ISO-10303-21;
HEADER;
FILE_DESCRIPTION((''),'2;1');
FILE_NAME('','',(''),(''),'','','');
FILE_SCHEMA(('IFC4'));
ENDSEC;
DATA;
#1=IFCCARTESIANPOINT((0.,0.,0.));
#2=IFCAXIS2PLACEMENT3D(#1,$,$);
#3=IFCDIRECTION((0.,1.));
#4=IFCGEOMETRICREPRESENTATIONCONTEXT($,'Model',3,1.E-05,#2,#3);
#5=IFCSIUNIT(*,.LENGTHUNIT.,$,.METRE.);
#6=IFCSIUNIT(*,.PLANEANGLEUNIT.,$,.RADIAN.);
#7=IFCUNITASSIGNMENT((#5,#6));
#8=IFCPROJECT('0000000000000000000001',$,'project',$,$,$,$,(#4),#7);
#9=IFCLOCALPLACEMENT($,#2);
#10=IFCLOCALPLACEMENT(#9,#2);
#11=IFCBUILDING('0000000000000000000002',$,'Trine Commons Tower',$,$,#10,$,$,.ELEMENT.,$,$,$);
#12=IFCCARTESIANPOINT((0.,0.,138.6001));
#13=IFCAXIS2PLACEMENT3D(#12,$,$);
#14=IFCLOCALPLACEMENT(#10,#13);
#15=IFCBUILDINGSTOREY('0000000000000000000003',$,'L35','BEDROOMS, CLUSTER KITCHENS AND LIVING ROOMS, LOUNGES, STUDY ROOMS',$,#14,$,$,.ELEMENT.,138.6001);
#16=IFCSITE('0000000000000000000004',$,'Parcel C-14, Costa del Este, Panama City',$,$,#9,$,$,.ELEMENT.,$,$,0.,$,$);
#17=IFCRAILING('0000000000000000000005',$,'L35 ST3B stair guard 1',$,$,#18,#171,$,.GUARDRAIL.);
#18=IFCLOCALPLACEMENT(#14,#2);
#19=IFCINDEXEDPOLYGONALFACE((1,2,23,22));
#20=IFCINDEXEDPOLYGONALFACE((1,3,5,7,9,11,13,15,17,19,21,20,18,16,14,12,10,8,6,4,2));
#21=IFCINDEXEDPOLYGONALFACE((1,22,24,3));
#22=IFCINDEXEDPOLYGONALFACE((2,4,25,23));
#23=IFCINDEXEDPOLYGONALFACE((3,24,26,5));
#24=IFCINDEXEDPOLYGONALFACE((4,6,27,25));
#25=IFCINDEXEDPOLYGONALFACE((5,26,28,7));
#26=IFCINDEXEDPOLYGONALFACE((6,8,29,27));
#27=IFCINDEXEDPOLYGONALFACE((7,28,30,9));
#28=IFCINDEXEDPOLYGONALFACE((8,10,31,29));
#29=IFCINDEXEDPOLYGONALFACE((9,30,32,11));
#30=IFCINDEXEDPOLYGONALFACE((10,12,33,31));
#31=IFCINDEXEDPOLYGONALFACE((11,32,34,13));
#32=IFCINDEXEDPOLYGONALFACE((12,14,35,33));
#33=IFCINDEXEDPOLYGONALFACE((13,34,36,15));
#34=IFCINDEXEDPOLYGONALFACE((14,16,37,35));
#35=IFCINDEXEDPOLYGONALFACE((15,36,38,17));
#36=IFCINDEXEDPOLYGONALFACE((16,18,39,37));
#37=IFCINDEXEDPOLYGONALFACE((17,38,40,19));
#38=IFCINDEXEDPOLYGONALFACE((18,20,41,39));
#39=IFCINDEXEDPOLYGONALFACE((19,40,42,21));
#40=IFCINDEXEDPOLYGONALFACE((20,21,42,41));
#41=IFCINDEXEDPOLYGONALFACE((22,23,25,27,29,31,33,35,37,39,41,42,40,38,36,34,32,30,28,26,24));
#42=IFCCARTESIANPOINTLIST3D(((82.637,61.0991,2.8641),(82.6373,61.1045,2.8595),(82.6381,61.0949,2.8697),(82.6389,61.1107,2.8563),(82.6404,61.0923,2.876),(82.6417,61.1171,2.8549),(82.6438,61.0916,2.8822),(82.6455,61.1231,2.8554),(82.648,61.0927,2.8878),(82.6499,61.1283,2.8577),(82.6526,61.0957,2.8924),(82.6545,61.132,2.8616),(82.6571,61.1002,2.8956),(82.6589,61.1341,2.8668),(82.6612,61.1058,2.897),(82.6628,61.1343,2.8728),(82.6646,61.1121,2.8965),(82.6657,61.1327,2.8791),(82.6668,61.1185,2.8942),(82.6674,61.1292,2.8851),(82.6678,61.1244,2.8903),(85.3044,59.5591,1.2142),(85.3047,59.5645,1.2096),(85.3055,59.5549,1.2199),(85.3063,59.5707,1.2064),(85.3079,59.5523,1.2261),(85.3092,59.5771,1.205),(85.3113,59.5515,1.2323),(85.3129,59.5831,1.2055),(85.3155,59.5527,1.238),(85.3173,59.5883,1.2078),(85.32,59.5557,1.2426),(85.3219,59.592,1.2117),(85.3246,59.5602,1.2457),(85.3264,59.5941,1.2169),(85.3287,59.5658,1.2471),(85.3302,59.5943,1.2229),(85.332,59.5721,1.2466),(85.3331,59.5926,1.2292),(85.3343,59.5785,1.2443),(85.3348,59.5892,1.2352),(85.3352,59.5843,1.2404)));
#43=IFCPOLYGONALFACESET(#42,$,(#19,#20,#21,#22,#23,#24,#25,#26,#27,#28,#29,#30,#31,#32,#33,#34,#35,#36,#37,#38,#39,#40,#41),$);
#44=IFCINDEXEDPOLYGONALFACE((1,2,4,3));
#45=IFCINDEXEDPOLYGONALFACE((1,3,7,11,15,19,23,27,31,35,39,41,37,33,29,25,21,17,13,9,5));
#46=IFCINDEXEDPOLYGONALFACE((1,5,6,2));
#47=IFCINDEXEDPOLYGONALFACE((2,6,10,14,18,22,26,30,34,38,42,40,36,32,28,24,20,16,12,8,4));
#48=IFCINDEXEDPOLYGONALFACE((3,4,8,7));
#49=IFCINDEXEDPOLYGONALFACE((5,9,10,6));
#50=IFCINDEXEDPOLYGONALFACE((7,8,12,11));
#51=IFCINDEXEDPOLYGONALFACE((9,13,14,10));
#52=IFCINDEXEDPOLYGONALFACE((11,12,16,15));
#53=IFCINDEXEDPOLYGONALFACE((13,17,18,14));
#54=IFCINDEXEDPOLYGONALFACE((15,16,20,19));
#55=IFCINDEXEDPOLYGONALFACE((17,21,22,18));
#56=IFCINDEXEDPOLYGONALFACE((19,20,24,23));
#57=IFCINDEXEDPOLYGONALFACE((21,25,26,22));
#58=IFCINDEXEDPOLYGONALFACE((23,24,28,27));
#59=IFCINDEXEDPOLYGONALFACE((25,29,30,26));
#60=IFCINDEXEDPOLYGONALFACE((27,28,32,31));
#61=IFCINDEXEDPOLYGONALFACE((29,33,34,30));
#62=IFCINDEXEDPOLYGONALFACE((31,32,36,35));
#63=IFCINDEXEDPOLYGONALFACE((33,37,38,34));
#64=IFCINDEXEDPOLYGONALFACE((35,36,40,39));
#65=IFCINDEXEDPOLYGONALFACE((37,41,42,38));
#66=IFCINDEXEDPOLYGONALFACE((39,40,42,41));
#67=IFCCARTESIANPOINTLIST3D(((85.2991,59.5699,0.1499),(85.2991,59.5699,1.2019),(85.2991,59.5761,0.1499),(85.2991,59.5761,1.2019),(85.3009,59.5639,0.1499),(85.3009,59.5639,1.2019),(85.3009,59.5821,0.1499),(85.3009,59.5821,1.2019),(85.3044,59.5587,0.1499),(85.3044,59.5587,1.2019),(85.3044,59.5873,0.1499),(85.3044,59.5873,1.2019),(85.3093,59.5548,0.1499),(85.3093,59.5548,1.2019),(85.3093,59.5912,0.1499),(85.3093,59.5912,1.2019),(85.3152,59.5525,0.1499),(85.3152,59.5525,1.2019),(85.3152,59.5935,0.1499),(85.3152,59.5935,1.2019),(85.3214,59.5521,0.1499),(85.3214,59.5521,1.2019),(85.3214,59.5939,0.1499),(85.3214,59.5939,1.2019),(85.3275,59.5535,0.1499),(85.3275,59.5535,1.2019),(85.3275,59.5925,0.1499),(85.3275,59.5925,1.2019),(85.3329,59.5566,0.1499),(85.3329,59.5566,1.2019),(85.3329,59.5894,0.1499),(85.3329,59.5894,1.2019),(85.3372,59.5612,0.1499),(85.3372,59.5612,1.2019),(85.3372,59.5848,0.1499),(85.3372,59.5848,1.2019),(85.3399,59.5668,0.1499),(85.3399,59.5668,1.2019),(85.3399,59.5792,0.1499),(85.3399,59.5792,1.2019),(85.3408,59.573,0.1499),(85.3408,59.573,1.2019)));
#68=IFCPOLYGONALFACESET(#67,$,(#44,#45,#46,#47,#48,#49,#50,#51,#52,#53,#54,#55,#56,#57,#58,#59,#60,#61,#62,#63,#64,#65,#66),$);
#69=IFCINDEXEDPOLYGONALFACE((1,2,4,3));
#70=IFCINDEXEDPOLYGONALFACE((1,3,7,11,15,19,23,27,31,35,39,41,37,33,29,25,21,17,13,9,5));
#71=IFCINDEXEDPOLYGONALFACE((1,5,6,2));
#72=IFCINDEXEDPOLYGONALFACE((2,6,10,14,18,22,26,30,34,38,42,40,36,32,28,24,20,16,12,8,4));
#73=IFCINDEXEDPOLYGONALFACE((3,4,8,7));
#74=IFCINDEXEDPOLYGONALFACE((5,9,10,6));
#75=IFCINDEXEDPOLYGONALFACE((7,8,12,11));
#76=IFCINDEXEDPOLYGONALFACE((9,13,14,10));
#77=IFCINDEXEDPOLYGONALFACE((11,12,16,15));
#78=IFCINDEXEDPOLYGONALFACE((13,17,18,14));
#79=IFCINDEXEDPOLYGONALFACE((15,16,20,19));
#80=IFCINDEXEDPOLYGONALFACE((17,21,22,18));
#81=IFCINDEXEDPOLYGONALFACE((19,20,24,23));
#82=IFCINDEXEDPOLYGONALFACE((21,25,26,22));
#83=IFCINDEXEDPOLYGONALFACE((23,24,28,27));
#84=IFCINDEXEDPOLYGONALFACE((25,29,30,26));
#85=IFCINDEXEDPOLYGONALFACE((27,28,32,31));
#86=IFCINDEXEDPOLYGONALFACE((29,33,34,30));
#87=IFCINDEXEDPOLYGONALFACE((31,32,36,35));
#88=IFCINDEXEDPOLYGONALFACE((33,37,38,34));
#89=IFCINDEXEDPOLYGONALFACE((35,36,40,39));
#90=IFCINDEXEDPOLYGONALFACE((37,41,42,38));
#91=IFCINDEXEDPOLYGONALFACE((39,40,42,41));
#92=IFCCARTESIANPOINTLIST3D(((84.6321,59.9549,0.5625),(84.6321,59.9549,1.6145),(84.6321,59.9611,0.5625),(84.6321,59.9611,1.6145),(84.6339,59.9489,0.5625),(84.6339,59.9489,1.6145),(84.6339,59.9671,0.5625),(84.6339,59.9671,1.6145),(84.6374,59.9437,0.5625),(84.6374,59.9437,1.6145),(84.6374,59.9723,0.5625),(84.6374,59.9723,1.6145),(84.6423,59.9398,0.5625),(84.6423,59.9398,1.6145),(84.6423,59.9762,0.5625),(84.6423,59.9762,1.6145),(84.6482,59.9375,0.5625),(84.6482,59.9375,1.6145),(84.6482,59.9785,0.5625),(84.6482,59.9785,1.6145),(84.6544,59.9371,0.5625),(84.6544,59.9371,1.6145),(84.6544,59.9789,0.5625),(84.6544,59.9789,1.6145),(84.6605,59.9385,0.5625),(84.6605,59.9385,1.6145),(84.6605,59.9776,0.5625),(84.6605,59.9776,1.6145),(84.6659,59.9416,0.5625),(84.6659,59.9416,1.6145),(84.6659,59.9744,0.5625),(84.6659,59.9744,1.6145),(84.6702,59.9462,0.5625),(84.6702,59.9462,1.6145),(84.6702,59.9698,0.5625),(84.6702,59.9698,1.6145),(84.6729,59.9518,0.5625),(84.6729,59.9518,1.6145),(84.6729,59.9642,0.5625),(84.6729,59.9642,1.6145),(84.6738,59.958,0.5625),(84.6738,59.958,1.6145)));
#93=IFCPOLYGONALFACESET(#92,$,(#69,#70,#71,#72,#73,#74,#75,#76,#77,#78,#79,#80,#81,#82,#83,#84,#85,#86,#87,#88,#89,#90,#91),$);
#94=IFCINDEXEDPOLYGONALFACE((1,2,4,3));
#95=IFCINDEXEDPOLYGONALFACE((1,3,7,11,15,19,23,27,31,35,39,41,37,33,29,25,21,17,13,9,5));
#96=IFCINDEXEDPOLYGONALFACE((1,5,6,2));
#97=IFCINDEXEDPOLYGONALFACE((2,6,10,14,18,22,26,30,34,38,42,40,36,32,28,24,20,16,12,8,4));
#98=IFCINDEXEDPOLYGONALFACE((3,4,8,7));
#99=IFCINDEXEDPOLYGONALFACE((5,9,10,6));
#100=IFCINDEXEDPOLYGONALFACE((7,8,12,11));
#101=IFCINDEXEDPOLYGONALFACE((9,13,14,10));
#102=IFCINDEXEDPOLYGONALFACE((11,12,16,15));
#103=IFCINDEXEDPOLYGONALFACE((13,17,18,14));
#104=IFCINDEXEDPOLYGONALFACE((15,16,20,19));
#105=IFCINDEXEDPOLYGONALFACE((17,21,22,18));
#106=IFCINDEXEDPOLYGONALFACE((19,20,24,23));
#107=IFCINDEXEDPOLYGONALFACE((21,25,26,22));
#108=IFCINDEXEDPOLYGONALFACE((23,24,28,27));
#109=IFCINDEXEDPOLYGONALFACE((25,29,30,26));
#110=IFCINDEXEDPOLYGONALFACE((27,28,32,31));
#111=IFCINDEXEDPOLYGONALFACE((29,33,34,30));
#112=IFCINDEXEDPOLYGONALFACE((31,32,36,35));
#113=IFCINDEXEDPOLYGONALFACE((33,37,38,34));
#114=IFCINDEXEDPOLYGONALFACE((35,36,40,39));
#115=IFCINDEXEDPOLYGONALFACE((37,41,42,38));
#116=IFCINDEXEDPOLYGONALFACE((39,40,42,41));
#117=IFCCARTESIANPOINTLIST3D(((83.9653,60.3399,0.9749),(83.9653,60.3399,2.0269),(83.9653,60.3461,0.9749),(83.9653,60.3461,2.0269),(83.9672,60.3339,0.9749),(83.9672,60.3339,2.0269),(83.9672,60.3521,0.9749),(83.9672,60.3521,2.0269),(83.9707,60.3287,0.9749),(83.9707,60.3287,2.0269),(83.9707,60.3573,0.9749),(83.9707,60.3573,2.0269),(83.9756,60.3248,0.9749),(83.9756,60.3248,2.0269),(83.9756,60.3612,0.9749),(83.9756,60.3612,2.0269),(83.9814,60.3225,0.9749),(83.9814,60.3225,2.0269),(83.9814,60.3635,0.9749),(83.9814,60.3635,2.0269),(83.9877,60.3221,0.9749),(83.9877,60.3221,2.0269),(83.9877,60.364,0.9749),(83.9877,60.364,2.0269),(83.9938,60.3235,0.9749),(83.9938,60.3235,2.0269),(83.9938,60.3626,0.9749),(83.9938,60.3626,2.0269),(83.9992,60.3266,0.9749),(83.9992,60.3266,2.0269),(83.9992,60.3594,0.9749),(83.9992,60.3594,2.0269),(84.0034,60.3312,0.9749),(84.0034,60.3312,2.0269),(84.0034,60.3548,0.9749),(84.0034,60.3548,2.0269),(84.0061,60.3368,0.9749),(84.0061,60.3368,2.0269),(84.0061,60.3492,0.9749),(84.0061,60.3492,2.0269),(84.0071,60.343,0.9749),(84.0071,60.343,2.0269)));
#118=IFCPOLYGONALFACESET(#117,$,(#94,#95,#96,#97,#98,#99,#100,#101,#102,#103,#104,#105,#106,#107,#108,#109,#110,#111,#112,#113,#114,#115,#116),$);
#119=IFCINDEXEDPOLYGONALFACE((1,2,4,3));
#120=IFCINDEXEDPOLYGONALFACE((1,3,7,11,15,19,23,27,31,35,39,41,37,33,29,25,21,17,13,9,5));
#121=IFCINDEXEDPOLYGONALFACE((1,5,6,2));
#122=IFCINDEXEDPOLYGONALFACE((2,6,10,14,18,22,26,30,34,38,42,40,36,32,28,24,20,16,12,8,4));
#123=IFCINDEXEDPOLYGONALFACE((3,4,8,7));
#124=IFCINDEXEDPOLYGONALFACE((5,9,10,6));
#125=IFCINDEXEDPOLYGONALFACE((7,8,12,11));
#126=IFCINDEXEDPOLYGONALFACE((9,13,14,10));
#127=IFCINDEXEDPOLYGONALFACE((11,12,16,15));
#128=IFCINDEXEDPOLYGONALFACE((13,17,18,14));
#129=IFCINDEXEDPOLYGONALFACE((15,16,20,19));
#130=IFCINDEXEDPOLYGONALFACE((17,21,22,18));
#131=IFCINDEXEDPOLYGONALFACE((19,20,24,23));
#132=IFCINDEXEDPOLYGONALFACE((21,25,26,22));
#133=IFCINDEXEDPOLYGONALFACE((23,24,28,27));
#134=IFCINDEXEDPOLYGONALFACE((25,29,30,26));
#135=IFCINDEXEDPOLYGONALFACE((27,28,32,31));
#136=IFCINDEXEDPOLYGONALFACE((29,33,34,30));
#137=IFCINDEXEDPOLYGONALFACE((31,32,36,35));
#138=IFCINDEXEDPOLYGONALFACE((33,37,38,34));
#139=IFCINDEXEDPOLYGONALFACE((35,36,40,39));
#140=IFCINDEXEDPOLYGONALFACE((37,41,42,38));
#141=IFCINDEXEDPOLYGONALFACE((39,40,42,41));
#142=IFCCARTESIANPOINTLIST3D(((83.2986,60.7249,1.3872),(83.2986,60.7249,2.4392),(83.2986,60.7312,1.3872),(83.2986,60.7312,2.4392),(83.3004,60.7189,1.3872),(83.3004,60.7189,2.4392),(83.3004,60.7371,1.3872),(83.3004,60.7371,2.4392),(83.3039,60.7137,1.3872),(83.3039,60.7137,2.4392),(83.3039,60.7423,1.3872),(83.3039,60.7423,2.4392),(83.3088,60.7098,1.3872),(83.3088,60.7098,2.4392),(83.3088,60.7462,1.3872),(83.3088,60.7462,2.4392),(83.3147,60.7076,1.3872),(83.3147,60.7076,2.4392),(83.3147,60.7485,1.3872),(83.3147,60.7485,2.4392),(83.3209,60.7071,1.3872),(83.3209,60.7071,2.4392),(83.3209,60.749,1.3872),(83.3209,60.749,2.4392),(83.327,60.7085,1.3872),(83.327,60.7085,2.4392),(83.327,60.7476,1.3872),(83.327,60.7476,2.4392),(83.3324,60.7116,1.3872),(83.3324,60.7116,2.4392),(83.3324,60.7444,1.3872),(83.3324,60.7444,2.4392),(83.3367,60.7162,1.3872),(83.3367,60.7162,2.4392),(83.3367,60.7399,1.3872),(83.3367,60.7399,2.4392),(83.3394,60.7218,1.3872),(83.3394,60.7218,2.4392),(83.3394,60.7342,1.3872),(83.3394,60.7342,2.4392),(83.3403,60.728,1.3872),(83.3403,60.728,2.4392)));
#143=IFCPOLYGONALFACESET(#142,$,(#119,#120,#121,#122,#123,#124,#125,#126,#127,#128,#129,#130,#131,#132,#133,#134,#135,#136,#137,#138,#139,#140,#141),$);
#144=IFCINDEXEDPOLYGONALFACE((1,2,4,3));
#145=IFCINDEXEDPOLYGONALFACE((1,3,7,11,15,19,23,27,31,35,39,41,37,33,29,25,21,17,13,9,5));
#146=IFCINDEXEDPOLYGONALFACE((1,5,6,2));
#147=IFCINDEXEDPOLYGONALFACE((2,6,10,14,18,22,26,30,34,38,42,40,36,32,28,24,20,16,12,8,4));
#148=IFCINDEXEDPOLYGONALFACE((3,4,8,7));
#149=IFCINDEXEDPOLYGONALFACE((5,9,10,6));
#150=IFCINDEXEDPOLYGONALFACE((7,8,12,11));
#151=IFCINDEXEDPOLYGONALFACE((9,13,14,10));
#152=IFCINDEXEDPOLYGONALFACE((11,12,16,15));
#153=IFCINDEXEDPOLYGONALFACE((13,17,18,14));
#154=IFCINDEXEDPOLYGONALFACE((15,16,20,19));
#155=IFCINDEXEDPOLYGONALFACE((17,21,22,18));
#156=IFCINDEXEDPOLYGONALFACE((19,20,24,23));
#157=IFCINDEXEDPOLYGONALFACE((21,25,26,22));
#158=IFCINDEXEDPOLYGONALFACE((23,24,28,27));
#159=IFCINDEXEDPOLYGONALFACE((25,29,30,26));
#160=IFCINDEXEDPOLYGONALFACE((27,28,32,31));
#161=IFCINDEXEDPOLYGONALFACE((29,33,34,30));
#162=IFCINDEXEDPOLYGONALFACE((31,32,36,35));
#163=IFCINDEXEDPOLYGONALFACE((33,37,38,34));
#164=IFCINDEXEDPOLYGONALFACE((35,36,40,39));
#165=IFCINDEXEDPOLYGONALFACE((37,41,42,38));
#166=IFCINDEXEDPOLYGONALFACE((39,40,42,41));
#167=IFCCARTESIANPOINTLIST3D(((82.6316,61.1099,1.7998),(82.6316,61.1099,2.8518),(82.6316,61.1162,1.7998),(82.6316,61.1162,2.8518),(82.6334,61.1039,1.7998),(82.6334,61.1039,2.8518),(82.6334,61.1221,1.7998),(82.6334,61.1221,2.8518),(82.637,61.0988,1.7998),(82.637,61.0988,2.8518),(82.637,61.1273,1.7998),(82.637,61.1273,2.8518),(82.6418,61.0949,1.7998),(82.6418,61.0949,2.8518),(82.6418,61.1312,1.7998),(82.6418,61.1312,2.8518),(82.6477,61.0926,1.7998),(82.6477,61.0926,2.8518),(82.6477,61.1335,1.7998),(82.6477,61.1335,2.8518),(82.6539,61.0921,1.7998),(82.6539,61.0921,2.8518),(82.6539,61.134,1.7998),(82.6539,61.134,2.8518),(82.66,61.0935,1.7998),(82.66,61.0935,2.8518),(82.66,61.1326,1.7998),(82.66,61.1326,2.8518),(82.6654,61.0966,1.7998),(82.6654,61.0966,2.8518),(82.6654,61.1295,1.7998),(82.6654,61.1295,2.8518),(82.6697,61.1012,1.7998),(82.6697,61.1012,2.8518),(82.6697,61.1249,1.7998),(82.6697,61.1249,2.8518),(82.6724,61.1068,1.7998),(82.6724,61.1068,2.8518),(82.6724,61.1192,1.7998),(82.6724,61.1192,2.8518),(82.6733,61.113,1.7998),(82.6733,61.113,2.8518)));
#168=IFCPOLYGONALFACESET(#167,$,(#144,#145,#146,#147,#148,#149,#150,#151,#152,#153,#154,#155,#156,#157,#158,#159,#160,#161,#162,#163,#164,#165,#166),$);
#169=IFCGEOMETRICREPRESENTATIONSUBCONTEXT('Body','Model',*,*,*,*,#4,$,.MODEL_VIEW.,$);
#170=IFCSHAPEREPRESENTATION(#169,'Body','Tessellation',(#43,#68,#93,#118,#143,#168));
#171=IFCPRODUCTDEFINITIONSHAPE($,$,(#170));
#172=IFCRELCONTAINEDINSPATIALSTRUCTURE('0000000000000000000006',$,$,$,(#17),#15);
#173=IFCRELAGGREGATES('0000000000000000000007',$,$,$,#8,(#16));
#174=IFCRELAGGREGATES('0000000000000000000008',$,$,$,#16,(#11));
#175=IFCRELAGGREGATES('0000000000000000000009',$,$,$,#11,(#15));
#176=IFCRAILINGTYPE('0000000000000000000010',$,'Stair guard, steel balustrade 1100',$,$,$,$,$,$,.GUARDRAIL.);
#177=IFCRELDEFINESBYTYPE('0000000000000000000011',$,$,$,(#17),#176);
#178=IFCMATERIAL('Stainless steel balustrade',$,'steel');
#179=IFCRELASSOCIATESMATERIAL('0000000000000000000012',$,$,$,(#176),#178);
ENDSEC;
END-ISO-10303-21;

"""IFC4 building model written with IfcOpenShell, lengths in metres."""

from ifc_helpers import new_model, si_unit, direction, frame, origin, origin_2d, place, context, subcontext, project, spatial, circle, extrude, material, type_object, element, save


model = new_model("IFC4")

# Units and contexts
model_context = context("Model", 3, precision=1e-05, world=origin(), true_north=direction((0.0, 1.0)))
body_context = subcontext(model_context, "Body", "Model", "MODEL_VIEW")
ifc_project = project(units=[si_unit("LENGTHUNIT", "METRE"), si_unit("PLANEANGLEUNIT", "RADIAN")], contexts=[model_context])

# Site, building, storey
site_placement = place(None, origin())
site = spatial("IfcSite", under=ifc_project, at=site_placement, Name="Parcel C-14, Costa del Este, Panama City", CompositionType="ELEMENT", RefElevation=0.0)
building_placement = place(site_placement, origin())
building = spatial("IfcBuilding", under=site, at=building_placement, Name="Trine Commons Tower", CompositionType="ELEMENT")
storey_placement = place(building_placement, frame((0.0, 0.0, 138.6001)))
storey = spatial("IfcBuildingStorey", under=building, at=storey_placement, Name="L35", Description="BEDROOMS, CLUSTER KITCHENS AND LIVING ROOMS, LOUNGES, STUDY ROOMS", CompositionType="ELEMENT", Elevation=138.6001)

# Railing
ifc_material_1 = material(Name="Stainless steel balustrade", Category="steel")
railing_type_1 = type_object("IfcRailingType", Name="Stair guard, steel balustrade 1100", PredefinedType="GUARDRAIL", material=ifc_material_1)
railing_1_placement = place(storey_placement, frame((85.3198, 59.573, 0.1499)))
element("IfcRailing", 1, at=railing_1_placement, inside=storey, type_object=railing_type_1, Name="L35 ST3B stair guard 1", PredefinedType="GUARDRAIL", context=body_context, shape_type="SweptSolid", body=[
    extrude(circle(Radius=0.0239, at=origin_2d()), frame((0.0, 0.0, 1.0762), z_axis=(-0.763405, 0.440743, 0.472185), x_axis=(-0.499992, -0.86603, 0.0)), (0.0, 0.0, 1.0), 3.4941),
    extrude(circle(Radius=0.021, at=origin_2d()), origin(), (0.0, 0.0, 1.0), 1.052),
    extrude(circle(Radius=0.021, at=origin_2d()), frame((-0.667, 0.385, 0.4126)), (0.0, 0.0, 1.0), 1.052),
    extrude(circle(Radius=0.021, at=origin_2d()), frame((-1.3337, 0.77, 0.825)), (0.0, 0.0, 1.0), 1.052),
    extrude(circle(Radius=0.021, at=origin_2d()), frame((-2.0005, 1.155, 1.2373)), (0.0, 0.0, 1.0), 1.052),
    extrude(circle(Radius=0.021, at=origin_2d()), frame((-2.6675, 1.54, 1.6499)), (0.0, 0.0, 1.0), 1.052),
])

save(model, "model.ifc")
